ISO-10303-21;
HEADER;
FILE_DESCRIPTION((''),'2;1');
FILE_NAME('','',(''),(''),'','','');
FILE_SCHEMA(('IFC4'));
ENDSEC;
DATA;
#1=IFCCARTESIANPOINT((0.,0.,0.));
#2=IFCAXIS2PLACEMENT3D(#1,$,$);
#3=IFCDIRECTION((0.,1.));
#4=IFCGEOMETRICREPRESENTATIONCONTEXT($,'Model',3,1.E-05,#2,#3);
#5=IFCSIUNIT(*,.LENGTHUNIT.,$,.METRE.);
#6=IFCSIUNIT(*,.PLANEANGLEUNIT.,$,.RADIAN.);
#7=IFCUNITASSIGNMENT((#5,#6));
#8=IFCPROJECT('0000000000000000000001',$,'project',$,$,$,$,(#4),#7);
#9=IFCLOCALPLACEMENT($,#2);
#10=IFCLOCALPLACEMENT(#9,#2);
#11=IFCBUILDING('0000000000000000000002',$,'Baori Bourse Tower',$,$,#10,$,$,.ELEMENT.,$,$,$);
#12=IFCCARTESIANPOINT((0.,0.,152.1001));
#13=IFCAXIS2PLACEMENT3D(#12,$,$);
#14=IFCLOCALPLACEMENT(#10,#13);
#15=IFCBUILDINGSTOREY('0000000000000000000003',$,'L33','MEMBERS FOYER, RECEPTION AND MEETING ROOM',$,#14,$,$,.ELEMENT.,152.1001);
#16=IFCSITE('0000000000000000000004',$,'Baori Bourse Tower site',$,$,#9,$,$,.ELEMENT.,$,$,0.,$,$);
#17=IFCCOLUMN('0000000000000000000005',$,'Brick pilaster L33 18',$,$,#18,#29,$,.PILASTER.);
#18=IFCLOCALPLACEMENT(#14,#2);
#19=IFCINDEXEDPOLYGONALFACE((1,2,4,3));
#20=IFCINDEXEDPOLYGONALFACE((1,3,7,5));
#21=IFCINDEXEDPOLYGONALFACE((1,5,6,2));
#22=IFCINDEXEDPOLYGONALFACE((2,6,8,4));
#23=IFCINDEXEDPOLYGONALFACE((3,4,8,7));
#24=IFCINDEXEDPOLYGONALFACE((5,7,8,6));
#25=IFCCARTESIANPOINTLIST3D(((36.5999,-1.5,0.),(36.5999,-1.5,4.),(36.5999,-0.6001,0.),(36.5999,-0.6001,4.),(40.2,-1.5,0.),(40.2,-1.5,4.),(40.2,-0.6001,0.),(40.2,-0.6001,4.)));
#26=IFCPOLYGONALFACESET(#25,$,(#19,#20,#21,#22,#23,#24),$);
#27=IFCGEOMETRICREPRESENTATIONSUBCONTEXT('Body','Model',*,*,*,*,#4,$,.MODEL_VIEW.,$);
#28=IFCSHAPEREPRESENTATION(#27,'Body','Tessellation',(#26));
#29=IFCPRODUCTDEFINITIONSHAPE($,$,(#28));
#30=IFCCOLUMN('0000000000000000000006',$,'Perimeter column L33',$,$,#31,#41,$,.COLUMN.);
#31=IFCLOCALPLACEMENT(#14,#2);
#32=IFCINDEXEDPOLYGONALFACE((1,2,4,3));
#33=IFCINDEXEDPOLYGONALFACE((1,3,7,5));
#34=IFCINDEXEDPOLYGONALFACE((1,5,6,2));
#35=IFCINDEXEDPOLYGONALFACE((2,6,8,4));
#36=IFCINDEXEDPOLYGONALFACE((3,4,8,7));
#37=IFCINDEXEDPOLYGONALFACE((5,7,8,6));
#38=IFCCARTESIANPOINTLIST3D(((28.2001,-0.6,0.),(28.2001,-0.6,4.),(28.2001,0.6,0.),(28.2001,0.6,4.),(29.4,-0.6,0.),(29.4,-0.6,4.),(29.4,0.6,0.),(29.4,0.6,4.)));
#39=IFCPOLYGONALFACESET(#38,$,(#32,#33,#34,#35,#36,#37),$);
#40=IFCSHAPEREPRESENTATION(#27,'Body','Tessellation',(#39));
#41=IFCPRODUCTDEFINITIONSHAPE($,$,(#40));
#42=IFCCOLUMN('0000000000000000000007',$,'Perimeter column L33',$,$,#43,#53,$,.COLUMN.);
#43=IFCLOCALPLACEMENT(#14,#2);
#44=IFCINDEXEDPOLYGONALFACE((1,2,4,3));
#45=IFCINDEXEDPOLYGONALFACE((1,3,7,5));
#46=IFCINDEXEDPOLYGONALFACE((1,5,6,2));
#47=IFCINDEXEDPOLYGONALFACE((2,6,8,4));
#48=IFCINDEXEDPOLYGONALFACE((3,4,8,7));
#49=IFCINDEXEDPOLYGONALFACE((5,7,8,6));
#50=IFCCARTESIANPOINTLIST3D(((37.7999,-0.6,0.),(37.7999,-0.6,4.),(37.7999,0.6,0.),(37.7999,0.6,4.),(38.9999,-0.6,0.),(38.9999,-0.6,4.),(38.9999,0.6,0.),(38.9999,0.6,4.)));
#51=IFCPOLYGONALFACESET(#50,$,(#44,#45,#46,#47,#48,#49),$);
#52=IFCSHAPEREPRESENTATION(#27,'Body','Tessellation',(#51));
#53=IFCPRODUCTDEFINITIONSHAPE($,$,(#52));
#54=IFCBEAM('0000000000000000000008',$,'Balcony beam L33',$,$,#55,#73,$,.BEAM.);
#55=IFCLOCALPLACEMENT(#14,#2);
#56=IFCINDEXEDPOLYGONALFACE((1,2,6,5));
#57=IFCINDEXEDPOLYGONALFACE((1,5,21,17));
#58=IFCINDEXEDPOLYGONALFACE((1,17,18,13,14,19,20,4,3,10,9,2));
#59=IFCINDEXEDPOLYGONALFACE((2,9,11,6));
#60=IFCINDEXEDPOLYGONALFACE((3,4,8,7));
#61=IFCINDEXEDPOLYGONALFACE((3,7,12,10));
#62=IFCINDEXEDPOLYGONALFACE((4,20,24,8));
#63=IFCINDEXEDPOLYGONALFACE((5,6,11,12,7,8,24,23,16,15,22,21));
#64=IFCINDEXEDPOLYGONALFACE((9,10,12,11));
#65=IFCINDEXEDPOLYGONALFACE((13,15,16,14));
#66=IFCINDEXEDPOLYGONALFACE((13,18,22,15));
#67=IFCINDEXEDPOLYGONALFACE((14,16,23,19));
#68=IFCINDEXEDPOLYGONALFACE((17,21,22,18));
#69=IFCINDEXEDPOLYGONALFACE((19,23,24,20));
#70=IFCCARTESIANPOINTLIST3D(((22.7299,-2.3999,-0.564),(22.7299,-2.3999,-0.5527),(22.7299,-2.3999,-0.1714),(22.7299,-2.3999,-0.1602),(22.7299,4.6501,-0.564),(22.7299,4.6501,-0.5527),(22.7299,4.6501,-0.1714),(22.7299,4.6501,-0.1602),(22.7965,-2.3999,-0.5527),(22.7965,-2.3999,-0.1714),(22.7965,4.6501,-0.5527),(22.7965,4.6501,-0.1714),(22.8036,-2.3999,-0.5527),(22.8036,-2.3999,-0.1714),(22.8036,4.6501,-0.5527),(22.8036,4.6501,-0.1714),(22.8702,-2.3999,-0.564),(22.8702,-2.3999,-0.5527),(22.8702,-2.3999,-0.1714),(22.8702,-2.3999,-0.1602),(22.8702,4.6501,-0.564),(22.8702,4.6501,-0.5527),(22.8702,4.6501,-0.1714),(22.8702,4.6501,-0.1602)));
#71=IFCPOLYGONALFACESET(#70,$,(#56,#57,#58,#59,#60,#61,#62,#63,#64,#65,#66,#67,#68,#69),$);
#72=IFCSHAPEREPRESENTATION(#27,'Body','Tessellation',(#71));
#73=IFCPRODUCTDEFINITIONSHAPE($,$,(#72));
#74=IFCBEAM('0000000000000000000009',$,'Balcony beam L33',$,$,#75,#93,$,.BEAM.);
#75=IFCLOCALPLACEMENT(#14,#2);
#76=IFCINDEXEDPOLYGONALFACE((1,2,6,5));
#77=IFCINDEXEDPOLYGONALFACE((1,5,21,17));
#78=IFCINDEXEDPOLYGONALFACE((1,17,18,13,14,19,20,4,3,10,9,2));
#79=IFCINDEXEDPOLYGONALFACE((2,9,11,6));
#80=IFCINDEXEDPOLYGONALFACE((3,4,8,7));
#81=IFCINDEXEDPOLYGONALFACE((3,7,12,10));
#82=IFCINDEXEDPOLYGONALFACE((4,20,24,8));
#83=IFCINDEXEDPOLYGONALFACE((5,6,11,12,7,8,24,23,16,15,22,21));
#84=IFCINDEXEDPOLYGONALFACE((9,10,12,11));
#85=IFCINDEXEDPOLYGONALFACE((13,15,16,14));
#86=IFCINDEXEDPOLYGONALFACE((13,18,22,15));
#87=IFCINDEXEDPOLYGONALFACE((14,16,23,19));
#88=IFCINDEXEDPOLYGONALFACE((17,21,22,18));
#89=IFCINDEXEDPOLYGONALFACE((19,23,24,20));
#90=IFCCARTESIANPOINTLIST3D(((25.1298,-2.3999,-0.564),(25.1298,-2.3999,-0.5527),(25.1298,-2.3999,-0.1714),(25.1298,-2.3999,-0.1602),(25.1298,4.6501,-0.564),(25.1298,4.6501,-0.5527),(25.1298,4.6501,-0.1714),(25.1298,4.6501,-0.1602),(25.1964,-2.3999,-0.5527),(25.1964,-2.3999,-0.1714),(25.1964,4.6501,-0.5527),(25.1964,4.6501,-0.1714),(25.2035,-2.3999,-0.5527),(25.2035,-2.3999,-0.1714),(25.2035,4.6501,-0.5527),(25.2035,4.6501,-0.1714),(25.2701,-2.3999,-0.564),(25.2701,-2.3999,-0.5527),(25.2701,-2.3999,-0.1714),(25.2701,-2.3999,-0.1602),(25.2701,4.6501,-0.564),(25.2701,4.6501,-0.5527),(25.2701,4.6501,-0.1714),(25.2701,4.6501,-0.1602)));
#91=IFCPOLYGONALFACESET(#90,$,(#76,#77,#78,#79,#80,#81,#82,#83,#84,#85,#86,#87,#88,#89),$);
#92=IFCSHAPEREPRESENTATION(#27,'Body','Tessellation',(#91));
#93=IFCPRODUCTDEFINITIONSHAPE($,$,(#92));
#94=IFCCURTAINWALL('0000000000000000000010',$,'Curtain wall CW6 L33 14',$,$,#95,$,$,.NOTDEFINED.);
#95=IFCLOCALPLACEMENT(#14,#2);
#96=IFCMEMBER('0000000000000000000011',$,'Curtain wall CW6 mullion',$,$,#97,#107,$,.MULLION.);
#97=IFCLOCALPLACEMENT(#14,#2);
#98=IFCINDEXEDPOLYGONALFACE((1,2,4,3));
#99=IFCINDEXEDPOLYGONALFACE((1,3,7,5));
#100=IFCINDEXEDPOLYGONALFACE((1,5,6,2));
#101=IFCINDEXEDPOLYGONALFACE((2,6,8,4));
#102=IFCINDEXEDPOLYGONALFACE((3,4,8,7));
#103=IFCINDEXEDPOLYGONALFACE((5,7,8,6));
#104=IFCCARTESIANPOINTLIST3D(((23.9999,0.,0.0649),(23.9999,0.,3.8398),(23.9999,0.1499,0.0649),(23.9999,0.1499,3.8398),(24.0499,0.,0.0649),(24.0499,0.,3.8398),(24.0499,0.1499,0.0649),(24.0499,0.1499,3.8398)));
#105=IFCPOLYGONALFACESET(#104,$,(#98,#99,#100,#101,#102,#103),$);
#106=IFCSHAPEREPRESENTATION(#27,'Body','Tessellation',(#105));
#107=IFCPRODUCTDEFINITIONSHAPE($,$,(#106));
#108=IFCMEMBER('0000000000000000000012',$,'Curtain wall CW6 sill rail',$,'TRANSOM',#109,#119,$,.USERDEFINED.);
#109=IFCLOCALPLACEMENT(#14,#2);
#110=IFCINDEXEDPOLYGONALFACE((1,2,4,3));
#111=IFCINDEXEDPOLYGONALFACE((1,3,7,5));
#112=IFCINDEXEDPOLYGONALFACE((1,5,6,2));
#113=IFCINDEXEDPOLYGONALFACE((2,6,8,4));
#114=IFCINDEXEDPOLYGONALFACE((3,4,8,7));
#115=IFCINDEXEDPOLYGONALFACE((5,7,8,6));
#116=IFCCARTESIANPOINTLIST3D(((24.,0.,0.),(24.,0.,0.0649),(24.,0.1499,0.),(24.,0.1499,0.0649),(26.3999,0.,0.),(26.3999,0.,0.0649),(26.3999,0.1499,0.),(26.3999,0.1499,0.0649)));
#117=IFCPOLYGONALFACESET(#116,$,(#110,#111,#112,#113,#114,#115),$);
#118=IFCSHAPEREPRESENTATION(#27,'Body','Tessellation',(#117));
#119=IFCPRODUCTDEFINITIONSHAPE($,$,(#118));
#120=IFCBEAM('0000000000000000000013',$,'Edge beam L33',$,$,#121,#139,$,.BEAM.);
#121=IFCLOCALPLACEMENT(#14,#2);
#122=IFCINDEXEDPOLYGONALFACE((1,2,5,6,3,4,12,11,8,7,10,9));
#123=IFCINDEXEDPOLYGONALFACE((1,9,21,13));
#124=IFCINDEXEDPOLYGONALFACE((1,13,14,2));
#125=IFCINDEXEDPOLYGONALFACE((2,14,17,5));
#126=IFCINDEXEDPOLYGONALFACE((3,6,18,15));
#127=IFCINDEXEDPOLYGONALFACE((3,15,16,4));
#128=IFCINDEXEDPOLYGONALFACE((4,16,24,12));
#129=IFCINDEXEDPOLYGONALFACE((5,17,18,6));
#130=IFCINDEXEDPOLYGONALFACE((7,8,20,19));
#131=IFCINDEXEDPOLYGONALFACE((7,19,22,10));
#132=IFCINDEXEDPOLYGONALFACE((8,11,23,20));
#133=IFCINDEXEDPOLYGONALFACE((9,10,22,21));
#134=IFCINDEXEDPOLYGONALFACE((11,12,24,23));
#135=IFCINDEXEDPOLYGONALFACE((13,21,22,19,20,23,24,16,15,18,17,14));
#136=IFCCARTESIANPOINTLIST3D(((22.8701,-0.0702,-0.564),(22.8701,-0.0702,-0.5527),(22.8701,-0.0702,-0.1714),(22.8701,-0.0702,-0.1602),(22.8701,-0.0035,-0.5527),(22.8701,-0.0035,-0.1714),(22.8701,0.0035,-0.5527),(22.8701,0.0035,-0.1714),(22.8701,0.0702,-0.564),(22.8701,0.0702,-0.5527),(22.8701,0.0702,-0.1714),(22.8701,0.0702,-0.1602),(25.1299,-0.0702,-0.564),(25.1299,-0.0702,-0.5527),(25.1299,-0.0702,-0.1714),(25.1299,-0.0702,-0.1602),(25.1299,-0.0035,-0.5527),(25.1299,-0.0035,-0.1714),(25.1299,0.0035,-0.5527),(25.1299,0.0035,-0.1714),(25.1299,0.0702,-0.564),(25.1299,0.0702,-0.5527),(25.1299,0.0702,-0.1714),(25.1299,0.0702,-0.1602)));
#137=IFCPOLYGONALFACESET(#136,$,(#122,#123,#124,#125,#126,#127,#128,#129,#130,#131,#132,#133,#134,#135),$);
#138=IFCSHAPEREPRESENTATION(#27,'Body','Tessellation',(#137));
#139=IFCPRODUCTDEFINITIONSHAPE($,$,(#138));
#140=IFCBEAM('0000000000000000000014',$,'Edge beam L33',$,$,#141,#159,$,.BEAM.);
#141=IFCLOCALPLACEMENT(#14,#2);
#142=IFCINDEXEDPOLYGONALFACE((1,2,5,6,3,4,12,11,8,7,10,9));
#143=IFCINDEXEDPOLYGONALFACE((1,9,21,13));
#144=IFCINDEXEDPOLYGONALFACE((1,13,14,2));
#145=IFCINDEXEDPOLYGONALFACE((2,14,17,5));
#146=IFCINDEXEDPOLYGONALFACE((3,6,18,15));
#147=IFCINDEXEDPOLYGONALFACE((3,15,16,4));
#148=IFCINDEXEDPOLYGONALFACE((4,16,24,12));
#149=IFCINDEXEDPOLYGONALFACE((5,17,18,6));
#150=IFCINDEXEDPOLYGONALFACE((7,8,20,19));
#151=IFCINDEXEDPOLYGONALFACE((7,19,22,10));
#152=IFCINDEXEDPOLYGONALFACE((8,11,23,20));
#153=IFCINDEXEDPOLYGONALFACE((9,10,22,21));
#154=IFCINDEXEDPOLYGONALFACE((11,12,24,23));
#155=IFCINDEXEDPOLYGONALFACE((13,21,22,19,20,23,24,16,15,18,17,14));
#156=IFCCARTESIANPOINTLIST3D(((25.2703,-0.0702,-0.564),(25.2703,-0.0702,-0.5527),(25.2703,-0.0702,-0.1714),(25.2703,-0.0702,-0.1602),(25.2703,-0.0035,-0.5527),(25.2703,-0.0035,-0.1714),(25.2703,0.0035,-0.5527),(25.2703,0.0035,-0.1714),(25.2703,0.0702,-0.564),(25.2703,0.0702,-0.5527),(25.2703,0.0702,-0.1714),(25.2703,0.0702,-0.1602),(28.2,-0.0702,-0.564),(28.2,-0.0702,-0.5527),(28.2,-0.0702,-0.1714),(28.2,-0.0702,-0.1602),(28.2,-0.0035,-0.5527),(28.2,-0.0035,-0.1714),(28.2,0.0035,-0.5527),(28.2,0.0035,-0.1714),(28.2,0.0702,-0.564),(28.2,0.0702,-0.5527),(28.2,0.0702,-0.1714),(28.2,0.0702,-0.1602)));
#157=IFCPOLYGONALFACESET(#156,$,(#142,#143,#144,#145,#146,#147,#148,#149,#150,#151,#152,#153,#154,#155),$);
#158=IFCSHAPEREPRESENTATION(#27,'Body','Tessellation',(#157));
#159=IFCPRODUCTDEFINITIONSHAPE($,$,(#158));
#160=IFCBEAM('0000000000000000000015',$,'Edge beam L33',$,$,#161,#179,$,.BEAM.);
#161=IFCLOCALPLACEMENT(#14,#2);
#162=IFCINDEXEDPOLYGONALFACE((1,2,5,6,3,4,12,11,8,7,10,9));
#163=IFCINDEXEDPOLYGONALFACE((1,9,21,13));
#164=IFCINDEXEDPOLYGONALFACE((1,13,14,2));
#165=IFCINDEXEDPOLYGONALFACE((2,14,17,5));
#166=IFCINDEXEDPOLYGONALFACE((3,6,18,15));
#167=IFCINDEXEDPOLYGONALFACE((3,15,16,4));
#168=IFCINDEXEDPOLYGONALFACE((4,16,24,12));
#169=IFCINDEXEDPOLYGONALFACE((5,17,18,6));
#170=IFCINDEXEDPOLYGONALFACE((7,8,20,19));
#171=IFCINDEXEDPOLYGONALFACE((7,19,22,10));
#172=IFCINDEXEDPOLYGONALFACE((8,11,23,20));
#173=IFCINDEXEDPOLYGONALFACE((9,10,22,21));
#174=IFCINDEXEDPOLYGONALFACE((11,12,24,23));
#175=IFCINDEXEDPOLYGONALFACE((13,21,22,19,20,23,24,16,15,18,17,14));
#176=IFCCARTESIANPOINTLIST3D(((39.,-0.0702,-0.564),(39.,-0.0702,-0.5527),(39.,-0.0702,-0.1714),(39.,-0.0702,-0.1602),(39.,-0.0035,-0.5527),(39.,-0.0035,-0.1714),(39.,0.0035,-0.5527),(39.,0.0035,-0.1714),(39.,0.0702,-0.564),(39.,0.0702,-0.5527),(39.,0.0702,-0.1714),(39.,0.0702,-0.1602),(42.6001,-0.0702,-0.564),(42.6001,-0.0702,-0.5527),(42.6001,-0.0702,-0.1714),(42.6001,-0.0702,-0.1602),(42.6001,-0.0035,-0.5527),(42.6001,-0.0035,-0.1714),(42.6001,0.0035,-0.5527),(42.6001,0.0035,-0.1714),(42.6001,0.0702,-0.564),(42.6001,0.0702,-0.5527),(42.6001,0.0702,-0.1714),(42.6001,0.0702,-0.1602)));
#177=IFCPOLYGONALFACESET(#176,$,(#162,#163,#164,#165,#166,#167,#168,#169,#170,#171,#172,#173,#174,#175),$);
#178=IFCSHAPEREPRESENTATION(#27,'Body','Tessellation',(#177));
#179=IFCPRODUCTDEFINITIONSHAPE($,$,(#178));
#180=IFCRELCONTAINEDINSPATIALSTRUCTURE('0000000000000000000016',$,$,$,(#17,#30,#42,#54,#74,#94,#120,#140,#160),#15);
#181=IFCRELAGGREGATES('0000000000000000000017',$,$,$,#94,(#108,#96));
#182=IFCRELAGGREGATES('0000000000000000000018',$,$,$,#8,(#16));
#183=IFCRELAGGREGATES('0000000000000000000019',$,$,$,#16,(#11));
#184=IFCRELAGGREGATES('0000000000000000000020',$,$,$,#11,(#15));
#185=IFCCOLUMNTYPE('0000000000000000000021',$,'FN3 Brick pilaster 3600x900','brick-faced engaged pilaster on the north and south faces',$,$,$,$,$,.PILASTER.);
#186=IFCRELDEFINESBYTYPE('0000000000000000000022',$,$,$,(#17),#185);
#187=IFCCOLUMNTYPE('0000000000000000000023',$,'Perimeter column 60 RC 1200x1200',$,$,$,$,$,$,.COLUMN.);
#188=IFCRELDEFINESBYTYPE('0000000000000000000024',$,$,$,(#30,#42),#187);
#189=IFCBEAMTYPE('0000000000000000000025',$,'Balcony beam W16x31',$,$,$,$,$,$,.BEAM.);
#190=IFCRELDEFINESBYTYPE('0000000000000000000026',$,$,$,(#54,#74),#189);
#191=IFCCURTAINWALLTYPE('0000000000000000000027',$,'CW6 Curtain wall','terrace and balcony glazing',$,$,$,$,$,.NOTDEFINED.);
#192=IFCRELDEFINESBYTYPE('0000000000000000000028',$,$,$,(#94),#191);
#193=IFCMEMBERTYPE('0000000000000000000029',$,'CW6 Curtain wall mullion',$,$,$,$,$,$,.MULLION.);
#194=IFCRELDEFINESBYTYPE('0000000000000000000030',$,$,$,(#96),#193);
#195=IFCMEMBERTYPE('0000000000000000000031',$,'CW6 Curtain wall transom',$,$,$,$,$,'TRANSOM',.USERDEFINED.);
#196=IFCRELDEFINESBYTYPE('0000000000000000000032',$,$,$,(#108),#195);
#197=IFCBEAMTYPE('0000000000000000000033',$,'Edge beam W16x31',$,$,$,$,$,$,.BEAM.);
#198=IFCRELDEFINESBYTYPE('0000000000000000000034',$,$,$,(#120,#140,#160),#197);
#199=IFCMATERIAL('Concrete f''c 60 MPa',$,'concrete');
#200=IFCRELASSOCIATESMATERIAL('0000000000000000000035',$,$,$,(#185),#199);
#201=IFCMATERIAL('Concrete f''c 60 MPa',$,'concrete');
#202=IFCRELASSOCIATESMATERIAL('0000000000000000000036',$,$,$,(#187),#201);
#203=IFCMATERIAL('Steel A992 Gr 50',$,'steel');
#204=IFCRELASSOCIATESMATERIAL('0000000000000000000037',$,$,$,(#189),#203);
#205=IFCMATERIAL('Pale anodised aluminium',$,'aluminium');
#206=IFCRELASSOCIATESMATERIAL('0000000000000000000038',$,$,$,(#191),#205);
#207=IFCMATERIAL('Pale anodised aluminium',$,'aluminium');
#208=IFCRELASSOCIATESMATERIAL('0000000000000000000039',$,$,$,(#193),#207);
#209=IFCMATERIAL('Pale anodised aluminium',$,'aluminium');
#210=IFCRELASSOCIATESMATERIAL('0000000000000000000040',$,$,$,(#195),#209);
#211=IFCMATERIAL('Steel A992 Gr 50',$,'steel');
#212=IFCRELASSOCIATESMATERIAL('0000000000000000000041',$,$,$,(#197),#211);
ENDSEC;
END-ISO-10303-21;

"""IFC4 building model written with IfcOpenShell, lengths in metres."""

from ifc_helpers import new_model, si_unit, direction, frame, origin, origin_2d, place, context, subcontext, project, spatial, rectangle, i_section, extrude, material, material_profile, profile_set, type_object, element, aggregate, save


model = new_model("IFC4")

# Units and contexts
model_context = context("Model", 3, precision=1e-05, world=origin(), true_north=direction((0.0, 1.0)))
body_context = subcontext(model_context, "Body", "Model", "MODEL_VIEW")
ifc_project = project(units=[si_unit("LENGTHUNIT", "METRE"), si_unit("PLANEANGLEUNIT", "RADIAN")], contexts=[model_context])

# Site, building, storey
site_placement = place(None, origin())
site = spatial("IfcSite", under=ifc_project, at=site_placement, Name="Baori Bourse Tower site", CompositionType="ELEMENT", RefElevation=0.0)
building_placement = place(site_placement, origin())
building = spatial("IfcBuilding", under=site, at=building_placement, Name="Baori Bourse Tower", CompositionType="ELEMENT")
storey_placement = place(building_placement, frame((0.0, 0.0, 152.1001)))
storey = spatial("IfcBuildingStorey", under=building, at=storey_placement, Name="L33", Description="MEMBERS FOYER, RECEPTION AND MEETING ROOM", CompositionType="ELEMENT", Elevation=152.1001)

# Columns
ifc_material_1 = material(Name="Concrete f'c 60 MPa", Category="concrete")
ifc_material_profile_1 = material_profile(ifc_material_1, rectangle(XDim=3.6001, YDim=0.8999, at=origin_2d()), Name="RC 3600x900")
ifc_profile_set_1 = profile_set([ifc_material_profile_1], Name="Concrete f'c 60 MPa")
column_type_1 = type_object("IfcColumnType", Name="FN3 Brick pilaster 3600x900", Description="brick-faced engaged pilaster on the north and south faces", PredefinedType="PILASTER", material=ifc_profile_set_1)
column_placement = place(storey_placement, frame((38.3999, -1.05, 0.0), z_axis=(0.0, 0.0, 1.0), x_axis=(1.0, 0.0, 0.0)))
element("IfcColumn", 1, at=column_placement, inside=storey, type_object=column_type_1, Name="Brick pilaster L33 18", PredefinedType="PILASTER", context=body_context, shape_type="SweptSolid", body=[
    extrude(rectangle(XDim=3.6001, YDim=0.8999, at=origin_2d()), origin(), (0.0, 0.0, 1.0), 4.0),
])
ifc_material_2 = material(Name="Concrete f'c 60 MPa", Category="concrete")
ifc_material_profile_2 = material_profile(ifc_material_2, rectangle(XDim=1.2, YDim=1.2, at=origin_2d()), Name="RC 1200x1200")
ifc_profile_set_2 = profile_set([ifc_material_profile_2], Name="Concrete f'c 60 MPa")
column_type_2 = type_object("IfcColumnType", Name="Perimeter column 60 RC 1200x1200", PredefinedType="COLUMN", material=ifc_profile_set_2)
for number, where, z_axis, x_axis, name in (
    (2, (28.8, 0.0, 0.0), (0.0, 0.0, 1.0), (1.0, 0.0, 0.0), "Perimeter column L33"),
    (3, (38.3999, 0.0, 0.0), (0.0, 0.0, 1.0), (1.0, 0.0, 0.0), "Perimeter column L33"),
):
    element("IfcColumn", number, at=place(storey_placement, frame(where, z_axis=z_axis, x_axis=x_axis)), inside=storey, type_object=column_type_2, Name=name, PredefinedType="COLUMN", context=body_context, shape_type="SweptSolid", body=[
        extrude(rectangle(XDim=1.2, YDim=1.2, at=origin_2d()), origin(), (0.0, 0.0, 1.0), 4.0),
    ])

# Beams
ifc_material_3 = material(Name="Steel A992 Gr 50", Category="steel")
ifc_material_profile_3 = material_profile(ifc_material_3, i_section(OverallWidth=0.1404, OverallDepth=0.4038, WebThickness=0.0071, FlangeThickness=0.0112, at=origin_2d()), Name="W16x31")
ifc_profile_set_3 = profile_set([ifc_material_profile_3], Name="Steel A992 Gr 50")
beam_type_1 = type_object("IfcBeamType", Name="Balcony beam W16x31", PredefinedType="BEAM", material=ifc_profile_set_3)
for number, where, z_axis, x_axis, name in (
    (4, (22.8, -2.3999, -0.3621), (0.0, 1.0, 0.0), (-1.0, 0.0, 0.0), "Balcony beam L33"),
    (5, (25.2, -2.3999, -0.3621), (0.0, 1.0, 0.0), (-1.0, 0.0, 0.0), "Balcony beam L33"),
):
    element("IfcBeam", number, at=place(storey_placement, frame(where, z_axis=z_axis, x_axis=x_axis)), inside=storey, type_object=beam_type_1, Name=name, PredefinedType="BEAM", context=body_context, shape_type="SweptSolid", body=[
        extrude(i_section(OverallWidth=0.1404, OverallDepth=0.4038, WebThickness=0.0071, FlangeThickness=0.0112, at=origin_2d()), origin(), (0.0, 0.0, 1.0), 7.05),
    ])

# Curtain wall, members
ifc_material_4 = material(Name="Pale anodised aluminium", Category="aluminium")
curtain_wall_type = type_object("IfcCurtainWallType", Name="CW6 Curtain wall", Description="terrace and balcony glazing", PredefinedType="NOTDEFINED", material=ifc_material_4)
curtain_wall_placement = place(storey_placement, origin())
curtain_wall = element("IfcCurtainWall", 6, at=curtain_wall_placement, inside=storey, type_object=curtain_wall_type, Name="Curtain wall CW6 L33 14", PredefinedType="NOTDEFINED")
ifc_material_5 = material(Name="Pale anodised aluminium", Category="aluminium")
ifc_material_profile_4 = material_profile(ifc_material_5, rectangle(XDim=0.1499, YDim=0.05, at=origin_2d()), Name="Mullion 50x150")
ifc_profile_set_4 = profile_set([ifc_material_profile_4], Name="Pale anodised aluminium")
member_type_1 = type_object("IfcMemberType", Name="CW6 Curtain wall mullion", PredefinedType="MULLION", material=ifc_profile_set_4)
member_1_placement = place(storey_placement, frame((24.0249, 0.075, 0.0649), z_axis=(0.0, 0.0, 1.0), x_axis=(0.0, 1.0, 0.0)))
member_1 = element("IfcMember", 7, at=member_1_placement, type_object=member_type_1, Name="Curtain wall CW6 mullion", PredefinedType="MULLION", context=body_context, shape_type="SweptSolid", body=[
    extrude(rectangle(XDim=0.1499, YDim=0.05, at=origin_2d()), origin(), (0.0, 0.0, 1.0), 3.7749),
])
ifc_material_6 = material(Name="Pale anodised aluminium", Category="aluminium")
ifc_material_profile_5 = material_profile(ifc_material_6, rectangle(XDim=0.1499, YDim=0.0649, at=origin_2d()), Name="Transom 65x150")
ifc_profile_set_5 = profile_set([ifc_material_profile_5], Name="Pale anodised aluminium")
member_type_2 = type_object("IfcMemberType", Name="CW6 Curtain wall transom", ElementType="TRANSOM", PredefinedType="USERDEFINED", material=ifc_profile_set_5)
member_2_placement = place(storey_placement, frame((24.0, 0.075, 0.0325), z_axis=(1.0, 0.0, 0.0), x_axis=(0.0, 1.0, 0.0)))
member_2 = element("IfcMember", 8, at=member_2_placement, type_object=member_type_2, Name="Curtain wall CW6 sill rail", ObjectType="TRANSOM", PredefinedType="USERDEFINED", context=body_context, shape_type="SweptSolid", body=[
    extrude(rectangle(XDim=0.1499, YDim=0.0649, at=origin_2d()), origin(), (0.0, 0.0, 1.0), 2.3999),
])

# Beams
ifc_material_7 = material(Name="Steel A992 Gr 50", Category="steel")
ifc_material_profile_6 = material_profile(ifc_material_7, i_section(OverallWidth=0.1404, OverallDepth=0.4038, WebThickness=0.0071, FlangeThickness=0.0112, at=origin_2d()), Name="W16x31")
ifc_profile_set_6 = profile_set([ifc_material_profile_6], Name="Steel A992 Gr 50")
beam_type_2 = type_object("IfcBeamType", Name="Edge beam W16x31", PredefinedType="BEAM", material=ifc_profile_set_6)
beam_1_placement = place(storey_placement, frame((22.8701, 0.0, -0.3621), z_axis=(1.0, 0.0, 0.0), x_axis=(0.0, 1.0, 0.0)))
element("IfcBeam", 9, at=beam_1_placement, inside=storey, type_object=beam_type_2, Name="Edge beam L33", PredefinedType="BEAM", context=body_context, shape_type="SweptSolid", body=[
    extrude(i_section(OverallWidth=0.1404, OverallDepth=0.4038, WebThickness=0.0071, FlangeThickness=0.0112, at=origin_2d()), origin(), (0.0, 0.0, 1.0), 2.2598),
])
beam_2_placement = place(storey_placement, frame((25.2703, 0.0, -0.3621), z_axis=(1.0, 0.0, 0.0), x_axis=(0.0, 1.0, 0.0)))
element("IfcBeam", 10, at=beam_2_placement, inside=storey, type_object=beam_type_2, Name="Edge beam L33", PredefinedType="BEAM", context=body_context, shape_type="SweptSolid", body=[
    extrude(i_section(OverallWidth=0.1404, OverallDepth=0.4038, WebThickness=0.0071, FlangeThickness=0.0112, at=origin_2d()), origin(), (0.0, 0.0, 1.0), 2.9297),
])
beam_3_placement = place(storey_placement, frame((39.0, 0.0, -0.3621), z_axis=(1.0, 0.0, 0.0), x_axis=(0.0, 1.0, 0.0)))
element("IfcBeam", 11, at=beam_3_placement, inside=storey, type_object=beam_type_2, Name="Edge beam L33", PredefinedType="BEAM", context=body_context, shape_type="SweptSolid", body=[
    extrude(i_section(OverallWidth=0.1404, OverallDepth=0.4038, WebThickness=0.0071, FlangeThickness=0.0112, at=origin_2d()), origin(), (0.0, 0.0, 1.0), 3.6001),
])

aggregate(curtain_wall, [member_2, member_1])

save(model, "model.ifc")
